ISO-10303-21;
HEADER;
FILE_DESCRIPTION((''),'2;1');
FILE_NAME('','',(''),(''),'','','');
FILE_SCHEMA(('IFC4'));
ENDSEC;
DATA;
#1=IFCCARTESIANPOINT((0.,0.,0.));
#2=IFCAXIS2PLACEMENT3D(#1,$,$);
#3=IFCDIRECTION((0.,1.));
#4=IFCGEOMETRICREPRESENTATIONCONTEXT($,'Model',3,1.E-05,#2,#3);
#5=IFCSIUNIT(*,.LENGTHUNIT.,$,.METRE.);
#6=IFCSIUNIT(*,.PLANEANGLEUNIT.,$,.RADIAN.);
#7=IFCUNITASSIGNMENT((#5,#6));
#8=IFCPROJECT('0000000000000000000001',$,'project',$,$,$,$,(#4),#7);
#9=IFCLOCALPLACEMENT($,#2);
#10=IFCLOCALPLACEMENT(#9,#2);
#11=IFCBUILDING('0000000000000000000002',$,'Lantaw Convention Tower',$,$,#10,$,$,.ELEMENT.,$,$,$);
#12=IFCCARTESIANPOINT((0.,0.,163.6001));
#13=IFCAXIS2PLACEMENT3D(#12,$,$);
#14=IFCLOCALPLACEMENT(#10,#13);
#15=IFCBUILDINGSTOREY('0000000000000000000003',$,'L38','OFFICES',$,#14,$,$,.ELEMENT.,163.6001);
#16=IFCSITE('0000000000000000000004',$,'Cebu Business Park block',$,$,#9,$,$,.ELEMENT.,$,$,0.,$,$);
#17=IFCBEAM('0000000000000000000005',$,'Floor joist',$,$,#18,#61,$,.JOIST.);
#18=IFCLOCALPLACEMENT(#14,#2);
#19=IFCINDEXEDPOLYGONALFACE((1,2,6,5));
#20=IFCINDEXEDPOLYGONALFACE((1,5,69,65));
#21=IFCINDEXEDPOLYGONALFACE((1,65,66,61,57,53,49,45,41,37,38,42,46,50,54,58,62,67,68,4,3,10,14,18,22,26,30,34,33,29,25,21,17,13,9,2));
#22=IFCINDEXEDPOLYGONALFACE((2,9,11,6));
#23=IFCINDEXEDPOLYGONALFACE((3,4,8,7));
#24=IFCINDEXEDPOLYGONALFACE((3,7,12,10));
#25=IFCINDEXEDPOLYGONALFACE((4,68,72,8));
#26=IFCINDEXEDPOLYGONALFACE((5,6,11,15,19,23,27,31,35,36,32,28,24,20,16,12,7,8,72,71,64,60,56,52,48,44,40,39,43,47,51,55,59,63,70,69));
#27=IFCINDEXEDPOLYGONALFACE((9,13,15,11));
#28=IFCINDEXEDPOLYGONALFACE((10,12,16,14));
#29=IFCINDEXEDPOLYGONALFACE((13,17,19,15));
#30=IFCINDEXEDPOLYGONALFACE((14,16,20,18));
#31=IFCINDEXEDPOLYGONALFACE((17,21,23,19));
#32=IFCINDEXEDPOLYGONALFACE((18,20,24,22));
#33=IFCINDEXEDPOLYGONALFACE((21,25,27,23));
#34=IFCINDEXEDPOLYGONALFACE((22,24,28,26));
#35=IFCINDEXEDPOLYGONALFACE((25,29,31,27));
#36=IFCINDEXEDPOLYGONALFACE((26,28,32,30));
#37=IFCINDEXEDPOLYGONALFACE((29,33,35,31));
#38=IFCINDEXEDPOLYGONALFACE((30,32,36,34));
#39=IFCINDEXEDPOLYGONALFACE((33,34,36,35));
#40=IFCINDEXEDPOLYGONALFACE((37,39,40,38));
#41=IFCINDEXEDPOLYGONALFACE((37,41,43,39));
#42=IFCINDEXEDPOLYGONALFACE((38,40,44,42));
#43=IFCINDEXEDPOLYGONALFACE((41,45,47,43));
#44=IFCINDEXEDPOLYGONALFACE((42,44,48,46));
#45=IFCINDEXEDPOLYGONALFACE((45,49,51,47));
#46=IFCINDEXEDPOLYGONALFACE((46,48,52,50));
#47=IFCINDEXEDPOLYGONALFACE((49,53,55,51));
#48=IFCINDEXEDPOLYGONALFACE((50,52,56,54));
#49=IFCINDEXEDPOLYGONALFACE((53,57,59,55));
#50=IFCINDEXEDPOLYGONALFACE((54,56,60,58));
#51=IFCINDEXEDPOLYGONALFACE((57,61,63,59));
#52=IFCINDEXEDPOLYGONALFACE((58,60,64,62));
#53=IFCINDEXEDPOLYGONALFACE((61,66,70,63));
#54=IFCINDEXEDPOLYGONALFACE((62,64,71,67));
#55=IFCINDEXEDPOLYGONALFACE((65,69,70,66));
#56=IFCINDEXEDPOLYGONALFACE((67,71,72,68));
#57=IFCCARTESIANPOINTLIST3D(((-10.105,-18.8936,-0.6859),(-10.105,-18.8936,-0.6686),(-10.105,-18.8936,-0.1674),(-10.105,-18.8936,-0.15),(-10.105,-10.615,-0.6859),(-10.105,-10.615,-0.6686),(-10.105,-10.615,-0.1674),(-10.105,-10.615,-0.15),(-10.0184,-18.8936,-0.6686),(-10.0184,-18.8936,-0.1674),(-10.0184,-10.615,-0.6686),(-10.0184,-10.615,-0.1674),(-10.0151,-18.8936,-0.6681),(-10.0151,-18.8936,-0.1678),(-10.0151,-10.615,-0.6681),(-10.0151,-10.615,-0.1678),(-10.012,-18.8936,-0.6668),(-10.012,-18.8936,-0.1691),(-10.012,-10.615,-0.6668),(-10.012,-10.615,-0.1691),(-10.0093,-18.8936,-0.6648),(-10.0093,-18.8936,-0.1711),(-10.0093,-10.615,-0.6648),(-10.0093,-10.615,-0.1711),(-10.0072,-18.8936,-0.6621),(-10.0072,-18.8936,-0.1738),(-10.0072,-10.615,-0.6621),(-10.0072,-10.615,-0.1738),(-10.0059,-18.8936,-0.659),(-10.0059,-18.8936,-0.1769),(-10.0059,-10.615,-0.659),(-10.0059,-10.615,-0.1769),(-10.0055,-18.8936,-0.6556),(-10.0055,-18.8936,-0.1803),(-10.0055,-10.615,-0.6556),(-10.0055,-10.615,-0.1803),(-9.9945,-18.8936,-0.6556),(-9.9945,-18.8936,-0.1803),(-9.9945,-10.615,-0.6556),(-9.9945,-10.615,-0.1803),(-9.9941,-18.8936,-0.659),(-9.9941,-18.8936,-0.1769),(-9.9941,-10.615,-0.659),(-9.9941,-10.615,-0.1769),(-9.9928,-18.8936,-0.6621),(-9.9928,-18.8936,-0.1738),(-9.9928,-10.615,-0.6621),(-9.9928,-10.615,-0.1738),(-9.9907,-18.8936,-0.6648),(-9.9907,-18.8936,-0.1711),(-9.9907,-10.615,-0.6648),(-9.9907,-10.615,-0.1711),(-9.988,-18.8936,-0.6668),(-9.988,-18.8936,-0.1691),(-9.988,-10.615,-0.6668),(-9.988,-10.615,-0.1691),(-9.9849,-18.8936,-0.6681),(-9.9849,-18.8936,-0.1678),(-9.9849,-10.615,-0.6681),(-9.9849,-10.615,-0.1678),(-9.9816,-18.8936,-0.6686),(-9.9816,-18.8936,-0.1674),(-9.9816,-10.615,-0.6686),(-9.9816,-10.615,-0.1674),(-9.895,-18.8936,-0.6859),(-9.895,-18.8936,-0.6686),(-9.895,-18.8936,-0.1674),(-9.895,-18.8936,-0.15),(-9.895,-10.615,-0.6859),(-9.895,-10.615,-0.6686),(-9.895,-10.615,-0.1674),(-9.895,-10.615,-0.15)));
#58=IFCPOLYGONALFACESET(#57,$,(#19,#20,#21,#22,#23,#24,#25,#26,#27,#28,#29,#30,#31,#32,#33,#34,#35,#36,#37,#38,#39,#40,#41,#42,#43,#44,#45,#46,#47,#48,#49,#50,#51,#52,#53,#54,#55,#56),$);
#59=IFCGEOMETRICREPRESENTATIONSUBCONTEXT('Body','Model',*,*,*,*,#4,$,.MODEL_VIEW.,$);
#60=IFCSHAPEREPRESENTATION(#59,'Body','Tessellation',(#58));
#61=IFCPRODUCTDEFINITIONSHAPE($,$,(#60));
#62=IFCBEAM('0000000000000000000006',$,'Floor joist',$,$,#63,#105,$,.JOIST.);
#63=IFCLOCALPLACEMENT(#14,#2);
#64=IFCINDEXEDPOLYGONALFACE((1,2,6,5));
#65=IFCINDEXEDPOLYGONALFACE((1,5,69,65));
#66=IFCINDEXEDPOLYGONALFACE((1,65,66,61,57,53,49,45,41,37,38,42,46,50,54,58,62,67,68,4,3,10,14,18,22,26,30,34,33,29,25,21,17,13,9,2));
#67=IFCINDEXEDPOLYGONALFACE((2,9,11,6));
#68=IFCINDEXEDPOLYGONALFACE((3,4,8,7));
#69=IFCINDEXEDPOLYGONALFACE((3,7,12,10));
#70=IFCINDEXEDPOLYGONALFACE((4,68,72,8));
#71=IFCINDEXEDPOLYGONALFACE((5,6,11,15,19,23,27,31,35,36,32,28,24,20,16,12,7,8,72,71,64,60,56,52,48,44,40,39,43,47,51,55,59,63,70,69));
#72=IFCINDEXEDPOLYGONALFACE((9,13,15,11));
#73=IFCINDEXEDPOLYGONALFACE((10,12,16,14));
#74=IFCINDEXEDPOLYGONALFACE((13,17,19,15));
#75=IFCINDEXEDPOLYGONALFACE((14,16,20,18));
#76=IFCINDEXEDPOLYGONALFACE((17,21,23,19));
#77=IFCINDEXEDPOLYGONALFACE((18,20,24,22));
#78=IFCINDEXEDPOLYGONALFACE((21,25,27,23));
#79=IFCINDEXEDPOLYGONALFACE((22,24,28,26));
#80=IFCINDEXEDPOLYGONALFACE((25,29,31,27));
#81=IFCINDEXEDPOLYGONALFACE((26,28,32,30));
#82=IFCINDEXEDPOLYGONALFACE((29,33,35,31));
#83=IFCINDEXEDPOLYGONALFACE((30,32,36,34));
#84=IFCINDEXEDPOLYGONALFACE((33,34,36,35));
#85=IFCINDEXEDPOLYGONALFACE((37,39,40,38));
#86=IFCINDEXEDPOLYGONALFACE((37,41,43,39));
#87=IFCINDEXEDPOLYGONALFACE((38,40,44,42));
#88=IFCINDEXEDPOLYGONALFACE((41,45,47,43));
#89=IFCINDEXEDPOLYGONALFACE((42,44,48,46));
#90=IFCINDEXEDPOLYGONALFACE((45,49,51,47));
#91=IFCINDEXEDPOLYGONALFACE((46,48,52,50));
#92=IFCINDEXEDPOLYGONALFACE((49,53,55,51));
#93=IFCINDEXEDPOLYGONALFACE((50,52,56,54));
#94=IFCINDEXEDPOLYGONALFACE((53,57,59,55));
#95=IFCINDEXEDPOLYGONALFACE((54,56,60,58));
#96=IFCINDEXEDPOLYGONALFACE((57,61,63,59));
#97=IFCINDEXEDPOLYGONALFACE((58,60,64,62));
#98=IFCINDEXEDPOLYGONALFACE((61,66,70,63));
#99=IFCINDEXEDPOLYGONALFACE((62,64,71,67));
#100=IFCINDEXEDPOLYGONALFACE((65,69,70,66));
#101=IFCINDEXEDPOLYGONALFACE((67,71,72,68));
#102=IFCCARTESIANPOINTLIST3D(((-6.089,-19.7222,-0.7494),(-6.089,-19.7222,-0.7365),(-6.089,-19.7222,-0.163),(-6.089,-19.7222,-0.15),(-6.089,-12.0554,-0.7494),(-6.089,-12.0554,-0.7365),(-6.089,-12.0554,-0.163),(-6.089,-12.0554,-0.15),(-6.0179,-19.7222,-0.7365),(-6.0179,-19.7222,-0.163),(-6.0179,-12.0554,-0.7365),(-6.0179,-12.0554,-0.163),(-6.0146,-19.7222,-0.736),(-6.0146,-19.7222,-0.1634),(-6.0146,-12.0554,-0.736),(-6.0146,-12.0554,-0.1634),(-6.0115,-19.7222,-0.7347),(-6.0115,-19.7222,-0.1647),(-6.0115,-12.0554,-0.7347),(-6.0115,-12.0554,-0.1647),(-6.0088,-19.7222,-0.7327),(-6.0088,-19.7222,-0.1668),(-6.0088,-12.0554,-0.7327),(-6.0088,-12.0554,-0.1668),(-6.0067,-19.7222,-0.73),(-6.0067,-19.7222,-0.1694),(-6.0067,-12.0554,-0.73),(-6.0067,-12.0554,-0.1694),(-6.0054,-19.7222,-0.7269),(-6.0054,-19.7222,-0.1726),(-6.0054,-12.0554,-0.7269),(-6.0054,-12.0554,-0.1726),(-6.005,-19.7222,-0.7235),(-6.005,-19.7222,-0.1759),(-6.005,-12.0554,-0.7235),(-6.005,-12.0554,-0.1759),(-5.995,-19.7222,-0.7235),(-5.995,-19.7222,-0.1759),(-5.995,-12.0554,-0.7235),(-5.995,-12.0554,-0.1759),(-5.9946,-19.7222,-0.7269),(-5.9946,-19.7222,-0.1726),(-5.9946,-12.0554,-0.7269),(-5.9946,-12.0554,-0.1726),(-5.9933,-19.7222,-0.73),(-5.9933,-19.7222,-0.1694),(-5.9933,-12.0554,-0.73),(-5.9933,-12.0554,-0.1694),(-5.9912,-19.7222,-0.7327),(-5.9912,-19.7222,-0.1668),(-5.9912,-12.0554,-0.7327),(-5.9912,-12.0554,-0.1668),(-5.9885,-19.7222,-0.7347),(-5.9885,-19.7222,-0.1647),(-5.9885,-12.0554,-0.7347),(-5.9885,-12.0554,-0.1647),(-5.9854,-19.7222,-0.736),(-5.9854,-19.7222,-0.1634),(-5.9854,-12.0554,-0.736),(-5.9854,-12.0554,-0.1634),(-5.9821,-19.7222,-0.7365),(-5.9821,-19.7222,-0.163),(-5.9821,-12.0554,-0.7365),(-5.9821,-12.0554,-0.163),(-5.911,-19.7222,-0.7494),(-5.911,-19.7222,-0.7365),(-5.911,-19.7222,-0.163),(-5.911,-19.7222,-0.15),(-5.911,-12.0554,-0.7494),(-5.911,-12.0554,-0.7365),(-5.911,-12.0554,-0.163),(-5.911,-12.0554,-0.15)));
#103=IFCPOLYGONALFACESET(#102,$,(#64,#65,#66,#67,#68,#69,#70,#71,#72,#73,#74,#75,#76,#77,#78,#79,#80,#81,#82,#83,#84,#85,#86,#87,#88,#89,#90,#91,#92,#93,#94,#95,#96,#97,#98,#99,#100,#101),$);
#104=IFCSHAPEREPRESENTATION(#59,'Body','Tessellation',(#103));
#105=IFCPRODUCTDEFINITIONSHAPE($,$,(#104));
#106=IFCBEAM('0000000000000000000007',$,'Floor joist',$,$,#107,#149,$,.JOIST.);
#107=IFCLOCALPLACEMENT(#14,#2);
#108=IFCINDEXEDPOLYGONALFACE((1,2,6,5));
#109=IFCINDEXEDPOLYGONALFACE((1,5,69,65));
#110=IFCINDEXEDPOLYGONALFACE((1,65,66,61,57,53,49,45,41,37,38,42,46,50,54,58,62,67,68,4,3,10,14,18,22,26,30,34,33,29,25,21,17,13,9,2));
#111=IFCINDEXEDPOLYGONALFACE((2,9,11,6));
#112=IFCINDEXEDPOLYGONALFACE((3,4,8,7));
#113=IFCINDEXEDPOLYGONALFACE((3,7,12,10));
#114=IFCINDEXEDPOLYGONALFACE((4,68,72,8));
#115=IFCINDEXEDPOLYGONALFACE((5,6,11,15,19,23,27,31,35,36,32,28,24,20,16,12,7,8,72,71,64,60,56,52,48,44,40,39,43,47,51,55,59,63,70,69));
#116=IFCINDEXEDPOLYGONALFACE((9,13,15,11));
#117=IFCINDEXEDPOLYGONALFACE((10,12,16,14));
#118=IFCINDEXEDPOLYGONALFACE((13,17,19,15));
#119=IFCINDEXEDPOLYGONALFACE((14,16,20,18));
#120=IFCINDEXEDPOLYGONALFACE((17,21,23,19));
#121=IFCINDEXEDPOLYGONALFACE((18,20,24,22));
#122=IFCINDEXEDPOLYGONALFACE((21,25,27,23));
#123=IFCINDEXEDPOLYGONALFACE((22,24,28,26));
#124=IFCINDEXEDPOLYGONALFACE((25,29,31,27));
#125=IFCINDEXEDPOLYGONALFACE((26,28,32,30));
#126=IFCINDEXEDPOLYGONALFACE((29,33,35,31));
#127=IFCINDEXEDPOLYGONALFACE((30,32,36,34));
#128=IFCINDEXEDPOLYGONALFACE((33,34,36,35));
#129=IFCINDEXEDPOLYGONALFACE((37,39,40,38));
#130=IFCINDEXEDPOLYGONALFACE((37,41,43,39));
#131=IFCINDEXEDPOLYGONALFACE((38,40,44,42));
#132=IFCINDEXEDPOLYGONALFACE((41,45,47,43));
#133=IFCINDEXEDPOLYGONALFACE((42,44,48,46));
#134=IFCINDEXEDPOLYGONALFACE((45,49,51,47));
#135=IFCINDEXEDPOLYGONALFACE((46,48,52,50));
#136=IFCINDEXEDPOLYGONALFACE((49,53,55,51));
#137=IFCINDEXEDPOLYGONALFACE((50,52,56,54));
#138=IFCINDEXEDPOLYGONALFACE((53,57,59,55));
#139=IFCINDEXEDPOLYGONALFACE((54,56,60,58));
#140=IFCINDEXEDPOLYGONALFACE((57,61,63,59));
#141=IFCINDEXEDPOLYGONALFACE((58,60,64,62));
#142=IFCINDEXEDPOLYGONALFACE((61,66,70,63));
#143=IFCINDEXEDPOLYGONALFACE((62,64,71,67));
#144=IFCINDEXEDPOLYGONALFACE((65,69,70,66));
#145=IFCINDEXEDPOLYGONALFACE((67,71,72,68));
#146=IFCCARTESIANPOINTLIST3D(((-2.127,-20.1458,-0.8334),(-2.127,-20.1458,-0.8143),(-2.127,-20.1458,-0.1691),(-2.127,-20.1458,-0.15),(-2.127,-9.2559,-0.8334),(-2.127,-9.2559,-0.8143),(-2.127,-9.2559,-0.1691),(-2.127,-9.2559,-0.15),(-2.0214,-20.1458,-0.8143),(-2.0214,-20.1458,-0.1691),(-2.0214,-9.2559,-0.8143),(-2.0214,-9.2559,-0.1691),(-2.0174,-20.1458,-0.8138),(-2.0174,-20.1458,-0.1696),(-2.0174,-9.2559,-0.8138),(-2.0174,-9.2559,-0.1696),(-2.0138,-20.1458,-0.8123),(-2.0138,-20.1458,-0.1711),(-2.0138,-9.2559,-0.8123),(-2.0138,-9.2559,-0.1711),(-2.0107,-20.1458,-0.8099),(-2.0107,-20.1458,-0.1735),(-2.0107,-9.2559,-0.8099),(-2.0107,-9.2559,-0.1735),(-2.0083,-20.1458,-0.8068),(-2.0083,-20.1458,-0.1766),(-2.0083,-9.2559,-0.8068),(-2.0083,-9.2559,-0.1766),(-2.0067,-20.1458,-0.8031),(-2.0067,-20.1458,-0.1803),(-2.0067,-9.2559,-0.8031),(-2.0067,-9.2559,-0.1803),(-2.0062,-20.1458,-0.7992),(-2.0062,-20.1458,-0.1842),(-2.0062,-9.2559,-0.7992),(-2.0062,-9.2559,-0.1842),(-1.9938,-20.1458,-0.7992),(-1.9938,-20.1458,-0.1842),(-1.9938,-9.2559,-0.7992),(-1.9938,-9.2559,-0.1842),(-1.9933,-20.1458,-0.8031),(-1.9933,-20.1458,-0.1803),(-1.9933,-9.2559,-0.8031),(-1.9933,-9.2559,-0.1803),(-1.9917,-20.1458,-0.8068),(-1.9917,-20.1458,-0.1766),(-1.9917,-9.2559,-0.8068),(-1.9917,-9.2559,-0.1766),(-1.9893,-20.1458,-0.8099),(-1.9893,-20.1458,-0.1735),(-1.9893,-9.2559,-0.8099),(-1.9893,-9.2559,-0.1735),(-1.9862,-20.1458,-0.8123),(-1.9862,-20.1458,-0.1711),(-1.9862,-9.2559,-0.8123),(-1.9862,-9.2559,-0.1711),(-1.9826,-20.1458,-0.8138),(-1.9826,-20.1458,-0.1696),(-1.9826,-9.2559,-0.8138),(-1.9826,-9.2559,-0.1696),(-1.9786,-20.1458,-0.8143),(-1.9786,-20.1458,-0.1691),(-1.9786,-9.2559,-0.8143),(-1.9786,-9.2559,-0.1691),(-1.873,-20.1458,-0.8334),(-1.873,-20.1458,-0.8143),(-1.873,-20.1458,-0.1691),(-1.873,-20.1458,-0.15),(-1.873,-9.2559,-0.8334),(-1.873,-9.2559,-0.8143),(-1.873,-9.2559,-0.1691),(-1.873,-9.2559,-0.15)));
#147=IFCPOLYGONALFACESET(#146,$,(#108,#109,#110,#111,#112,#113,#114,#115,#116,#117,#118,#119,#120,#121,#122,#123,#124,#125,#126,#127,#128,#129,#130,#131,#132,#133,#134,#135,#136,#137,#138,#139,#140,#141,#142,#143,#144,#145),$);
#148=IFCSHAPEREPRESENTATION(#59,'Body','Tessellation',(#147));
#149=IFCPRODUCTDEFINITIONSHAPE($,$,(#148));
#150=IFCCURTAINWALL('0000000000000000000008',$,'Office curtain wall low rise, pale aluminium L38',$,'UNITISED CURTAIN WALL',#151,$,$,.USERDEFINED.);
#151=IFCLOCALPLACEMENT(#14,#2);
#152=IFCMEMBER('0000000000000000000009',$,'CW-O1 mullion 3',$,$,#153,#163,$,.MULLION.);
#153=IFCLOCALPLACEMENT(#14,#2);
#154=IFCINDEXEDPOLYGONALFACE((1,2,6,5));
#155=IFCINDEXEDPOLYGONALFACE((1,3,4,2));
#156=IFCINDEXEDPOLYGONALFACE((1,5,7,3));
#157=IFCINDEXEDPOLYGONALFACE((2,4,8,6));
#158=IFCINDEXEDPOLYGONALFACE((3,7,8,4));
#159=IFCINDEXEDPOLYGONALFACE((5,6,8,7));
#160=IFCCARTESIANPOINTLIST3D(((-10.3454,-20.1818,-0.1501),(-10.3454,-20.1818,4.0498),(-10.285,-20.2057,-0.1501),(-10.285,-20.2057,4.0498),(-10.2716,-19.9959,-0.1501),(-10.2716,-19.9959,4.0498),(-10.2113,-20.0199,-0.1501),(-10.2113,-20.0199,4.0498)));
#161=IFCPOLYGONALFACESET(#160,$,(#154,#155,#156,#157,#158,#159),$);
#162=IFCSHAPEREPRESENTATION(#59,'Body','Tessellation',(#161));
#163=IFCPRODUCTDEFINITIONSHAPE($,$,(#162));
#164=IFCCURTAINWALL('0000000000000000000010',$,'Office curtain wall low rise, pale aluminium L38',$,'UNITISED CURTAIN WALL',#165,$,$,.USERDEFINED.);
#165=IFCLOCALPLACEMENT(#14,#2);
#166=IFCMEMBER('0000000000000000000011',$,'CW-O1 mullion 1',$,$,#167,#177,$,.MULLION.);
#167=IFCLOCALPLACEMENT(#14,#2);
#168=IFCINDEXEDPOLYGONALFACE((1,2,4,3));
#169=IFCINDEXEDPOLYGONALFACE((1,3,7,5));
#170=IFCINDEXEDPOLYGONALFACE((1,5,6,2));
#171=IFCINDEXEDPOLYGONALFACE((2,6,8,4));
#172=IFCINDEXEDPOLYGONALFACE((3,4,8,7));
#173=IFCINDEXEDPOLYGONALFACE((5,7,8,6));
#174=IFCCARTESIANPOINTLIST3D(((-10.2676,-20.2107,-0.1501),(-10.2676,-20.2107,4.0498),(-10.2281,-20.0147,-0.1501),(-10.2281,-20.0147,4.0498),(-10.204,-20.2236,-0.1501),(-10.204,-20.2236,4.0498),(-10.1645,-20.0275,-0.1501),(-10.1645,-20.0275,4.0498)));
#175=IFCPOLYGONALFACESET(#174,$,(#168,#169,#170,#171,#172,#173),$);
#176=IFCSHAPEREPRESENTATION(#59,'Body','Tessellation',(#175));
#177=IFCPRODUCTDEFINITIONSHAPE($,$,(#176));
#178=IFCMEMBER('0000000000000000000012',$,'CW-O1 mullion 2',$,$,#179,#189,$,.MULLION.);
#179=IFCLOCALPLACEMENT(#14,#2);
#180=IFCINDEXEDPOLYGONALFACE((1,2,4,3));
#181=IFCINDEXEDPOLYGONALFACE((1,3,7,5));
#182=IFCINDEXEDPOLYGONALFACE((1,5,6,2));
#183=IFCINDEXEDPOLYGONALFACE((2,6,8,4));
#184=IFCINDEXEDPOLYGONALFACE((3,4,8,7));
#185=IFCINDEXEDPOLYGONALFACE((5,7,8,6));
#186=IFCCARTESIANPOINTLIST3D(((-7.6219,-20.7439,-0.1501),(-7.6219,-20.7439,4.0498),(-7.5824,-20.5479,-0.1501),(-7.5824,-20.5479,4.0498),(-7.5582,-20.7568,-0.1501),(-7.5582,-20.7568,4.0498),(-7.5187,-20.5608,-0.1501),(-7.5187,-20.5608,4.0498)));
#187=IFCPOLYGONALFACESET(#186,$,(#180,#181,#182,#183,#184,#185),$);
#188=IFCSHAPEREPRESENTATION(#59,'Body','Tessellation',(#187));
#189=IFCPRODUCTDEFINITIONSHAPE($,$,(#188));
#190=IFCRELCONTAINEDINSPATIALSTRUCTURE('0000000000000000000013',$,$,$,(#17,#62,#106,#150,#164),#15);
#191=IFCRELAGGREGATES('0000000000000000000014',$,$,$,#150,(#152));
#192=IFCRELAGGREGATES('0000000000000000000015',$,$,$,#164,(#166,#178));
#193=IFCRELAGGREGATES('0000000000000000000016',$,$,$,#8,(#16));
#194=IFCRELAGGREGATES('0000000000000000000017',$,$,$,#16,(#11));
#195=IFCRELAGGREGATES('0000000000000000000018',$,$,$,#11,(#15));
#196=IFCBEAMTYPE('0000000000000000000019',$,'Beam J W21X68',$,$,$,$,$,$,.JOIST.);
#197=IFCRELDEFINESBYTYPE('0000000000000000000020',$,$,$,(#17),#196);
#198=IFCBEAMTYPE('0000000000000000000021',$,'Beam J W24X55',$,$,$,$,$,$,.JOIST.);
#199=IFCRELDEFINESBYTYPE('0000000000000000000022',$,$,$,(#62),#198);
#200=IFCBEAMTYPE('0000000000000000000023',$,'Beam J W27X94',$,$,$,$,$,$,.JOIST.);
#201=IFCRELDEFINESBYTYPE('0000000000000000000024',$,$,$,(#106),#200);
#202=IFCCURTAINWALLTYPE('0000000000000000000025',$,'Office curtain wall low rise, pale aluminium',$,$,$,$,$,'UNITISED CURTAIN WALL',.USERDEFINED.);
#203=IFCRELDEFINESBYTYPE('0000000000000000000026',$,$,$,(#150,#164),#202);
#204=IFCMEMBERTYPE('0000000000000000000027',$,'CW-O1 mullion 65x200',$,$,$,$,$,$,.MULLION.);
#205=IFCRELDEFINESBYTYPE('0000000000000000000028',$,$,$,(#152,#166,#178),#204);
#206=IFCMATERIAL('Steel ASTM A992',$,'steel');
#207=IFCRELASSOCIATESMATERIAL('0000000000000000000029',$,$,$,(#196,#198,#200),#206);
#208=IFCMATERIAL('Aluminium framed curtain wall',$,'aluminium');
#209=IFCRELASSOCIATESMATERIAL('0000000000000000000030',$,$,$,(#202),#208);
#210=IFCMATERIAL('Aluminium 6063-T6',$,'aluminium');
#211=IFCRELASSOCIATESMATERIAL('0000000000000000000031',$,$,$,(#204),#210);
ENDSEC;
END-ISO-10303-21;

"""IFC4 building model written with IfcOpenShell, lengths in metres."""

from ifc_helpers import new_model, si_unit, direction, frame, origin, origin_2d, place, context, subcontext, project, spatial, rectangle, i_section, extrude, material, material_profile, profile_set, type_object, element, aggregate, save


model = new_model("IFC4")

# Units and contexts
model_context = context("Model", 3, precision=1e-05, world=origin(), true_north=direction((0.0, 1.0)))
body_context = subcontext(model_context, "Body", "Model", "MODEL_VIEW")
ifc_project = project(units=[si_unit("LENGTHUNIT", "METRE"), si_unit("PLANEANGLEUNIT", "RADIAN")], contexts=[model_context])

# Site, building, storey
site_placement = place(None, origin())
site = spatial("IfcSite", under=ifc_project, at=site_placement, Name="Cebu Business Park block", CompositionType="ELEMENT", RefElevation=0.0)
building_placement = place(site_placement, origin())
building = spatial("IfcBuilding", under=site, at=building_placement, Name="Lantaw Convention Tower", CompositionType="ELEMENT")
storey_placement = place(building_placement, frame((0.0, 0.0, 163.6001)))
storey = spatial("IfcBuildingStorey", under=building, at=storey_placement, Name="L38", Description="OFFICES", CompositionType="ELEMENT", Elevation=163.6001)

# Beams
ifc_material_1 = material(Name="Steel ASTM A992", Category="steel")
ifc_material_profile_1 = material_profile(ifc_material_1, i_section(OverallWidth=0.21, OverallDepth=0.5359, WebThickness=0.011, FlangeThickness=0.0173, FilletRadius=0.0129, at=origin_2d()), Name="W21X68")
ifc_profile_set_1 = profile_set([ifc_material_profile_1], Name="Steel ASTM A992")
beam_type_1 = type_object("IfcBeamType", Name="Beam J W21X68", PredefinedType="JOIST", material=ifc_profile_set_1)
beam_1_placement = place(storey_placement, frame((-10.0, -18.8936, -0.418), z_axis=(0.0, 1.0, 0.0), x_axis=(-1.0, 0.0, 0.0)))
element("IfcBeam", 1, at=beam_1_placement, inside=storey, type_object=beam_type_1, Name="Floor joist", PredefinedType="JOIST", context=body_context, shape_type="SweptSolid", body=[
    extrude(i_section(OverallWidth=0.21, OverallDepth=0.5359, WebThickness=0.011, FlangeThickness=0.0173, FilletRadius=0.0129, at=origin_2d()), origin(), (0.0, 0.0, 1.0), 8.2786),
])
ifc_material_profile_2 = material_profile(ifc_material_1, i_section(OverallWidth=0.178, OverallDepth=0.5994, WebThickness=0.01, FlangeThickness=0.0129, FilletRadius=0.0129, at=origin_2d()), Name="W24X55")
ifc_profile_set_2 = profile_set([ifc_material_profile_2], Name="Steel ASTM A992")
beam_type_2 = type_object("IfcBeamType", Name="Beam J W24X55", PredefinedType="JOIST", material=ifc_profile_set_2)
beam_2_placement = place(storey_placement, frame((-6.0, -19.7222, -0.4497), z_axis=(0.0, 1.0, 0.0), x_axis=(-1.0, 0.0, 0.0)))
element("IfcBeam", 2, at=beam_2_placement, inside=storey, type_object=beam_type_2, Name="Floor joist", PredefinedType="JOIST", context=body_context, shape_type="SweptSolid", body=[
    extrude(i_section(OverallWidth=0.178, OverallDepth=0.5994, WebThickness=0.01, FlangeThickness=0.0129, FilletRadius=0.0129, at=origin_2d()), origin(), (0.0, 0.0, 1.0), 7.6667),
])
ifc_material_profile_3 = material_profile(ifc_material_1, i_section(OverallWidth=0.2539, OverallDepth=0.6833, WebThickness=0.0125, FlangeThickness=0.019, FilletRadius=0.0151, at=origin_2d()), Name="W27X94")
ifc_profile_set_3 = profile_set([ifc_material_profile_3], Name="Steel ASTM A992")
beam_type_3 = type_object("IfcBeamType", Name="Beam J W27X94", PredefinedType="JOIST", material=ifc_profile_set_3)
beam_3_placement = place(storey_placement, frame((-2.0, -20.1458, -0.4917), z_axis=(0.0, 1.0, 0.0), x_axis=(-1.0, 0.0, 0.0)))
element("IfcBeam", 3, at=beam_3_placement, inside=storey, type_object=beam_type_3, Name="Floor joist", PredefinedType="JOIST", context=body_context, shape_type="SweptSolid", body=[
    extrude(i_section(OverallWidth=0.2539, OverallDepth=0.6833, WebThickness=0.0125, FlangeThickness=0.019, FilletRadius=0.0151, at=origin_2d()), origin(), (0.0, 0.0, 1.0), 10.8899),
])

# Curtain wall, member
ifc_material_2 = material(Name="Aluminium framed curtain wall", Category="aluminium")
curtain_wall_type = type_object("IfcCurtainWallType", Name="Office curtain wall low rise, pale aluminium", ElementType="UNITISED CURTAIN WALL", PredefinedType="USERDEFINED", material=ifc_material_2)
curtain_wall_1_placement = place(storey_placement, origin())
curtain_wall_1 = element("IfcCurtainWall", 4, at=curtain_wall_1_placement, inside=storey, type_object=curtain_wall_type, Name="Office curtain wall low rise, pale aluminium L38", ObjectType="UNITISED CURTAIN WALL", PredefinedType="USERDEFINED")
ifc_material_3 = material(Name="Aluminium 6063-T6", Category="aluminium")
ifc_material_profile_4 = material_profile(ifc_material_3, rectangle(XDim=0.2, YDim=0.0649, at=origin_2d()), Name="CW-O1 mullion 65x200")
ifc_profile_set_4 = profile_set([ifc_material_profile_4], Name="Aluminium 6063-T6")
member_type_1 = type_object("IfcMemberType", Name="CW-O1 mullion 65x200", PredefinedType="MULLION", material=ifc_profile_set_4)
member_1_placement = place(storey_placement, frame((-10.2783, -20.1008, -0.1501), z_axis=(0.0, 0.0, 1.0), x_axis=(0.368702, 0.929548, 0.0)))
member_1 = element("IfcMember", 5, at=member_1_placement, type_object=member_type_1, Name="CW-O1 mullion 3", PredefinedType="MULLION", context=body_context, shape_type="SweptSolid", body=[
    extrude(rectangle(XDim=0.2, YDim=0.0649, at=origin_2d()), origin(), (0.0, 0.0, 1.0), 4.2),
])

# Curtain wall, members
curtain_wall_2_placement = place(storey_placement, origin())
curtain_wall_2 = element("IfcCurtainWall", 6, at=curtain_wall_2_placement, inside=storey, type_object=curtain_wall_type, Name="Office curtain wall low rise, pale aluminium L38", ObjectType="UNITISED CURTAIN WALL", PredefinedType="USERDEFINED")
member_2_placement = place(storey_placement, frame((-10.2161, -20.1191, -0.1501), z_axis=(0.0, 0.0, 1.0), x_axis=(0.197507, 0.980302, 0.0)))
member_2 = element("IfcMember", 7, at=member_2_placement, type_object=member_type_1, Name="CW-O1 mullion 1", PredefinedType="MULLION", context=body_context, shape_type="SweptSolid", body=[
    extrude(rectangle(XDim=0.2, YDim=0.0649, at=origin_2d()), origin(), (0.0, 0.0, 1.0), 4.2),
])
member_3_placement = place(storey_placement, frame((-7.5703, -20.6523, -0.1501), z_axis=(0.0, 0.0, 1.0), x_axis=(0.197507, 0.980302, 0.0)))
member_3 = element("IfcMember", 8, at=member_3_placement, type_object=member_type_1, Name="CW-O1 mullion 2", PredefinedType="MULLION", context=body_context, shape_type="SweptSolid", body=[
    extrude(rectangle(XDim=0.2, YDim=0.0649, at=origin_2d()), origin(), (0.0, 0.0, 1.0), 4.2),
])

aggregate(curtain_wall_1, [member_1])
aggregate(curtain_wall_2, [member_2, member_3])

save(model, "model.ifc")
